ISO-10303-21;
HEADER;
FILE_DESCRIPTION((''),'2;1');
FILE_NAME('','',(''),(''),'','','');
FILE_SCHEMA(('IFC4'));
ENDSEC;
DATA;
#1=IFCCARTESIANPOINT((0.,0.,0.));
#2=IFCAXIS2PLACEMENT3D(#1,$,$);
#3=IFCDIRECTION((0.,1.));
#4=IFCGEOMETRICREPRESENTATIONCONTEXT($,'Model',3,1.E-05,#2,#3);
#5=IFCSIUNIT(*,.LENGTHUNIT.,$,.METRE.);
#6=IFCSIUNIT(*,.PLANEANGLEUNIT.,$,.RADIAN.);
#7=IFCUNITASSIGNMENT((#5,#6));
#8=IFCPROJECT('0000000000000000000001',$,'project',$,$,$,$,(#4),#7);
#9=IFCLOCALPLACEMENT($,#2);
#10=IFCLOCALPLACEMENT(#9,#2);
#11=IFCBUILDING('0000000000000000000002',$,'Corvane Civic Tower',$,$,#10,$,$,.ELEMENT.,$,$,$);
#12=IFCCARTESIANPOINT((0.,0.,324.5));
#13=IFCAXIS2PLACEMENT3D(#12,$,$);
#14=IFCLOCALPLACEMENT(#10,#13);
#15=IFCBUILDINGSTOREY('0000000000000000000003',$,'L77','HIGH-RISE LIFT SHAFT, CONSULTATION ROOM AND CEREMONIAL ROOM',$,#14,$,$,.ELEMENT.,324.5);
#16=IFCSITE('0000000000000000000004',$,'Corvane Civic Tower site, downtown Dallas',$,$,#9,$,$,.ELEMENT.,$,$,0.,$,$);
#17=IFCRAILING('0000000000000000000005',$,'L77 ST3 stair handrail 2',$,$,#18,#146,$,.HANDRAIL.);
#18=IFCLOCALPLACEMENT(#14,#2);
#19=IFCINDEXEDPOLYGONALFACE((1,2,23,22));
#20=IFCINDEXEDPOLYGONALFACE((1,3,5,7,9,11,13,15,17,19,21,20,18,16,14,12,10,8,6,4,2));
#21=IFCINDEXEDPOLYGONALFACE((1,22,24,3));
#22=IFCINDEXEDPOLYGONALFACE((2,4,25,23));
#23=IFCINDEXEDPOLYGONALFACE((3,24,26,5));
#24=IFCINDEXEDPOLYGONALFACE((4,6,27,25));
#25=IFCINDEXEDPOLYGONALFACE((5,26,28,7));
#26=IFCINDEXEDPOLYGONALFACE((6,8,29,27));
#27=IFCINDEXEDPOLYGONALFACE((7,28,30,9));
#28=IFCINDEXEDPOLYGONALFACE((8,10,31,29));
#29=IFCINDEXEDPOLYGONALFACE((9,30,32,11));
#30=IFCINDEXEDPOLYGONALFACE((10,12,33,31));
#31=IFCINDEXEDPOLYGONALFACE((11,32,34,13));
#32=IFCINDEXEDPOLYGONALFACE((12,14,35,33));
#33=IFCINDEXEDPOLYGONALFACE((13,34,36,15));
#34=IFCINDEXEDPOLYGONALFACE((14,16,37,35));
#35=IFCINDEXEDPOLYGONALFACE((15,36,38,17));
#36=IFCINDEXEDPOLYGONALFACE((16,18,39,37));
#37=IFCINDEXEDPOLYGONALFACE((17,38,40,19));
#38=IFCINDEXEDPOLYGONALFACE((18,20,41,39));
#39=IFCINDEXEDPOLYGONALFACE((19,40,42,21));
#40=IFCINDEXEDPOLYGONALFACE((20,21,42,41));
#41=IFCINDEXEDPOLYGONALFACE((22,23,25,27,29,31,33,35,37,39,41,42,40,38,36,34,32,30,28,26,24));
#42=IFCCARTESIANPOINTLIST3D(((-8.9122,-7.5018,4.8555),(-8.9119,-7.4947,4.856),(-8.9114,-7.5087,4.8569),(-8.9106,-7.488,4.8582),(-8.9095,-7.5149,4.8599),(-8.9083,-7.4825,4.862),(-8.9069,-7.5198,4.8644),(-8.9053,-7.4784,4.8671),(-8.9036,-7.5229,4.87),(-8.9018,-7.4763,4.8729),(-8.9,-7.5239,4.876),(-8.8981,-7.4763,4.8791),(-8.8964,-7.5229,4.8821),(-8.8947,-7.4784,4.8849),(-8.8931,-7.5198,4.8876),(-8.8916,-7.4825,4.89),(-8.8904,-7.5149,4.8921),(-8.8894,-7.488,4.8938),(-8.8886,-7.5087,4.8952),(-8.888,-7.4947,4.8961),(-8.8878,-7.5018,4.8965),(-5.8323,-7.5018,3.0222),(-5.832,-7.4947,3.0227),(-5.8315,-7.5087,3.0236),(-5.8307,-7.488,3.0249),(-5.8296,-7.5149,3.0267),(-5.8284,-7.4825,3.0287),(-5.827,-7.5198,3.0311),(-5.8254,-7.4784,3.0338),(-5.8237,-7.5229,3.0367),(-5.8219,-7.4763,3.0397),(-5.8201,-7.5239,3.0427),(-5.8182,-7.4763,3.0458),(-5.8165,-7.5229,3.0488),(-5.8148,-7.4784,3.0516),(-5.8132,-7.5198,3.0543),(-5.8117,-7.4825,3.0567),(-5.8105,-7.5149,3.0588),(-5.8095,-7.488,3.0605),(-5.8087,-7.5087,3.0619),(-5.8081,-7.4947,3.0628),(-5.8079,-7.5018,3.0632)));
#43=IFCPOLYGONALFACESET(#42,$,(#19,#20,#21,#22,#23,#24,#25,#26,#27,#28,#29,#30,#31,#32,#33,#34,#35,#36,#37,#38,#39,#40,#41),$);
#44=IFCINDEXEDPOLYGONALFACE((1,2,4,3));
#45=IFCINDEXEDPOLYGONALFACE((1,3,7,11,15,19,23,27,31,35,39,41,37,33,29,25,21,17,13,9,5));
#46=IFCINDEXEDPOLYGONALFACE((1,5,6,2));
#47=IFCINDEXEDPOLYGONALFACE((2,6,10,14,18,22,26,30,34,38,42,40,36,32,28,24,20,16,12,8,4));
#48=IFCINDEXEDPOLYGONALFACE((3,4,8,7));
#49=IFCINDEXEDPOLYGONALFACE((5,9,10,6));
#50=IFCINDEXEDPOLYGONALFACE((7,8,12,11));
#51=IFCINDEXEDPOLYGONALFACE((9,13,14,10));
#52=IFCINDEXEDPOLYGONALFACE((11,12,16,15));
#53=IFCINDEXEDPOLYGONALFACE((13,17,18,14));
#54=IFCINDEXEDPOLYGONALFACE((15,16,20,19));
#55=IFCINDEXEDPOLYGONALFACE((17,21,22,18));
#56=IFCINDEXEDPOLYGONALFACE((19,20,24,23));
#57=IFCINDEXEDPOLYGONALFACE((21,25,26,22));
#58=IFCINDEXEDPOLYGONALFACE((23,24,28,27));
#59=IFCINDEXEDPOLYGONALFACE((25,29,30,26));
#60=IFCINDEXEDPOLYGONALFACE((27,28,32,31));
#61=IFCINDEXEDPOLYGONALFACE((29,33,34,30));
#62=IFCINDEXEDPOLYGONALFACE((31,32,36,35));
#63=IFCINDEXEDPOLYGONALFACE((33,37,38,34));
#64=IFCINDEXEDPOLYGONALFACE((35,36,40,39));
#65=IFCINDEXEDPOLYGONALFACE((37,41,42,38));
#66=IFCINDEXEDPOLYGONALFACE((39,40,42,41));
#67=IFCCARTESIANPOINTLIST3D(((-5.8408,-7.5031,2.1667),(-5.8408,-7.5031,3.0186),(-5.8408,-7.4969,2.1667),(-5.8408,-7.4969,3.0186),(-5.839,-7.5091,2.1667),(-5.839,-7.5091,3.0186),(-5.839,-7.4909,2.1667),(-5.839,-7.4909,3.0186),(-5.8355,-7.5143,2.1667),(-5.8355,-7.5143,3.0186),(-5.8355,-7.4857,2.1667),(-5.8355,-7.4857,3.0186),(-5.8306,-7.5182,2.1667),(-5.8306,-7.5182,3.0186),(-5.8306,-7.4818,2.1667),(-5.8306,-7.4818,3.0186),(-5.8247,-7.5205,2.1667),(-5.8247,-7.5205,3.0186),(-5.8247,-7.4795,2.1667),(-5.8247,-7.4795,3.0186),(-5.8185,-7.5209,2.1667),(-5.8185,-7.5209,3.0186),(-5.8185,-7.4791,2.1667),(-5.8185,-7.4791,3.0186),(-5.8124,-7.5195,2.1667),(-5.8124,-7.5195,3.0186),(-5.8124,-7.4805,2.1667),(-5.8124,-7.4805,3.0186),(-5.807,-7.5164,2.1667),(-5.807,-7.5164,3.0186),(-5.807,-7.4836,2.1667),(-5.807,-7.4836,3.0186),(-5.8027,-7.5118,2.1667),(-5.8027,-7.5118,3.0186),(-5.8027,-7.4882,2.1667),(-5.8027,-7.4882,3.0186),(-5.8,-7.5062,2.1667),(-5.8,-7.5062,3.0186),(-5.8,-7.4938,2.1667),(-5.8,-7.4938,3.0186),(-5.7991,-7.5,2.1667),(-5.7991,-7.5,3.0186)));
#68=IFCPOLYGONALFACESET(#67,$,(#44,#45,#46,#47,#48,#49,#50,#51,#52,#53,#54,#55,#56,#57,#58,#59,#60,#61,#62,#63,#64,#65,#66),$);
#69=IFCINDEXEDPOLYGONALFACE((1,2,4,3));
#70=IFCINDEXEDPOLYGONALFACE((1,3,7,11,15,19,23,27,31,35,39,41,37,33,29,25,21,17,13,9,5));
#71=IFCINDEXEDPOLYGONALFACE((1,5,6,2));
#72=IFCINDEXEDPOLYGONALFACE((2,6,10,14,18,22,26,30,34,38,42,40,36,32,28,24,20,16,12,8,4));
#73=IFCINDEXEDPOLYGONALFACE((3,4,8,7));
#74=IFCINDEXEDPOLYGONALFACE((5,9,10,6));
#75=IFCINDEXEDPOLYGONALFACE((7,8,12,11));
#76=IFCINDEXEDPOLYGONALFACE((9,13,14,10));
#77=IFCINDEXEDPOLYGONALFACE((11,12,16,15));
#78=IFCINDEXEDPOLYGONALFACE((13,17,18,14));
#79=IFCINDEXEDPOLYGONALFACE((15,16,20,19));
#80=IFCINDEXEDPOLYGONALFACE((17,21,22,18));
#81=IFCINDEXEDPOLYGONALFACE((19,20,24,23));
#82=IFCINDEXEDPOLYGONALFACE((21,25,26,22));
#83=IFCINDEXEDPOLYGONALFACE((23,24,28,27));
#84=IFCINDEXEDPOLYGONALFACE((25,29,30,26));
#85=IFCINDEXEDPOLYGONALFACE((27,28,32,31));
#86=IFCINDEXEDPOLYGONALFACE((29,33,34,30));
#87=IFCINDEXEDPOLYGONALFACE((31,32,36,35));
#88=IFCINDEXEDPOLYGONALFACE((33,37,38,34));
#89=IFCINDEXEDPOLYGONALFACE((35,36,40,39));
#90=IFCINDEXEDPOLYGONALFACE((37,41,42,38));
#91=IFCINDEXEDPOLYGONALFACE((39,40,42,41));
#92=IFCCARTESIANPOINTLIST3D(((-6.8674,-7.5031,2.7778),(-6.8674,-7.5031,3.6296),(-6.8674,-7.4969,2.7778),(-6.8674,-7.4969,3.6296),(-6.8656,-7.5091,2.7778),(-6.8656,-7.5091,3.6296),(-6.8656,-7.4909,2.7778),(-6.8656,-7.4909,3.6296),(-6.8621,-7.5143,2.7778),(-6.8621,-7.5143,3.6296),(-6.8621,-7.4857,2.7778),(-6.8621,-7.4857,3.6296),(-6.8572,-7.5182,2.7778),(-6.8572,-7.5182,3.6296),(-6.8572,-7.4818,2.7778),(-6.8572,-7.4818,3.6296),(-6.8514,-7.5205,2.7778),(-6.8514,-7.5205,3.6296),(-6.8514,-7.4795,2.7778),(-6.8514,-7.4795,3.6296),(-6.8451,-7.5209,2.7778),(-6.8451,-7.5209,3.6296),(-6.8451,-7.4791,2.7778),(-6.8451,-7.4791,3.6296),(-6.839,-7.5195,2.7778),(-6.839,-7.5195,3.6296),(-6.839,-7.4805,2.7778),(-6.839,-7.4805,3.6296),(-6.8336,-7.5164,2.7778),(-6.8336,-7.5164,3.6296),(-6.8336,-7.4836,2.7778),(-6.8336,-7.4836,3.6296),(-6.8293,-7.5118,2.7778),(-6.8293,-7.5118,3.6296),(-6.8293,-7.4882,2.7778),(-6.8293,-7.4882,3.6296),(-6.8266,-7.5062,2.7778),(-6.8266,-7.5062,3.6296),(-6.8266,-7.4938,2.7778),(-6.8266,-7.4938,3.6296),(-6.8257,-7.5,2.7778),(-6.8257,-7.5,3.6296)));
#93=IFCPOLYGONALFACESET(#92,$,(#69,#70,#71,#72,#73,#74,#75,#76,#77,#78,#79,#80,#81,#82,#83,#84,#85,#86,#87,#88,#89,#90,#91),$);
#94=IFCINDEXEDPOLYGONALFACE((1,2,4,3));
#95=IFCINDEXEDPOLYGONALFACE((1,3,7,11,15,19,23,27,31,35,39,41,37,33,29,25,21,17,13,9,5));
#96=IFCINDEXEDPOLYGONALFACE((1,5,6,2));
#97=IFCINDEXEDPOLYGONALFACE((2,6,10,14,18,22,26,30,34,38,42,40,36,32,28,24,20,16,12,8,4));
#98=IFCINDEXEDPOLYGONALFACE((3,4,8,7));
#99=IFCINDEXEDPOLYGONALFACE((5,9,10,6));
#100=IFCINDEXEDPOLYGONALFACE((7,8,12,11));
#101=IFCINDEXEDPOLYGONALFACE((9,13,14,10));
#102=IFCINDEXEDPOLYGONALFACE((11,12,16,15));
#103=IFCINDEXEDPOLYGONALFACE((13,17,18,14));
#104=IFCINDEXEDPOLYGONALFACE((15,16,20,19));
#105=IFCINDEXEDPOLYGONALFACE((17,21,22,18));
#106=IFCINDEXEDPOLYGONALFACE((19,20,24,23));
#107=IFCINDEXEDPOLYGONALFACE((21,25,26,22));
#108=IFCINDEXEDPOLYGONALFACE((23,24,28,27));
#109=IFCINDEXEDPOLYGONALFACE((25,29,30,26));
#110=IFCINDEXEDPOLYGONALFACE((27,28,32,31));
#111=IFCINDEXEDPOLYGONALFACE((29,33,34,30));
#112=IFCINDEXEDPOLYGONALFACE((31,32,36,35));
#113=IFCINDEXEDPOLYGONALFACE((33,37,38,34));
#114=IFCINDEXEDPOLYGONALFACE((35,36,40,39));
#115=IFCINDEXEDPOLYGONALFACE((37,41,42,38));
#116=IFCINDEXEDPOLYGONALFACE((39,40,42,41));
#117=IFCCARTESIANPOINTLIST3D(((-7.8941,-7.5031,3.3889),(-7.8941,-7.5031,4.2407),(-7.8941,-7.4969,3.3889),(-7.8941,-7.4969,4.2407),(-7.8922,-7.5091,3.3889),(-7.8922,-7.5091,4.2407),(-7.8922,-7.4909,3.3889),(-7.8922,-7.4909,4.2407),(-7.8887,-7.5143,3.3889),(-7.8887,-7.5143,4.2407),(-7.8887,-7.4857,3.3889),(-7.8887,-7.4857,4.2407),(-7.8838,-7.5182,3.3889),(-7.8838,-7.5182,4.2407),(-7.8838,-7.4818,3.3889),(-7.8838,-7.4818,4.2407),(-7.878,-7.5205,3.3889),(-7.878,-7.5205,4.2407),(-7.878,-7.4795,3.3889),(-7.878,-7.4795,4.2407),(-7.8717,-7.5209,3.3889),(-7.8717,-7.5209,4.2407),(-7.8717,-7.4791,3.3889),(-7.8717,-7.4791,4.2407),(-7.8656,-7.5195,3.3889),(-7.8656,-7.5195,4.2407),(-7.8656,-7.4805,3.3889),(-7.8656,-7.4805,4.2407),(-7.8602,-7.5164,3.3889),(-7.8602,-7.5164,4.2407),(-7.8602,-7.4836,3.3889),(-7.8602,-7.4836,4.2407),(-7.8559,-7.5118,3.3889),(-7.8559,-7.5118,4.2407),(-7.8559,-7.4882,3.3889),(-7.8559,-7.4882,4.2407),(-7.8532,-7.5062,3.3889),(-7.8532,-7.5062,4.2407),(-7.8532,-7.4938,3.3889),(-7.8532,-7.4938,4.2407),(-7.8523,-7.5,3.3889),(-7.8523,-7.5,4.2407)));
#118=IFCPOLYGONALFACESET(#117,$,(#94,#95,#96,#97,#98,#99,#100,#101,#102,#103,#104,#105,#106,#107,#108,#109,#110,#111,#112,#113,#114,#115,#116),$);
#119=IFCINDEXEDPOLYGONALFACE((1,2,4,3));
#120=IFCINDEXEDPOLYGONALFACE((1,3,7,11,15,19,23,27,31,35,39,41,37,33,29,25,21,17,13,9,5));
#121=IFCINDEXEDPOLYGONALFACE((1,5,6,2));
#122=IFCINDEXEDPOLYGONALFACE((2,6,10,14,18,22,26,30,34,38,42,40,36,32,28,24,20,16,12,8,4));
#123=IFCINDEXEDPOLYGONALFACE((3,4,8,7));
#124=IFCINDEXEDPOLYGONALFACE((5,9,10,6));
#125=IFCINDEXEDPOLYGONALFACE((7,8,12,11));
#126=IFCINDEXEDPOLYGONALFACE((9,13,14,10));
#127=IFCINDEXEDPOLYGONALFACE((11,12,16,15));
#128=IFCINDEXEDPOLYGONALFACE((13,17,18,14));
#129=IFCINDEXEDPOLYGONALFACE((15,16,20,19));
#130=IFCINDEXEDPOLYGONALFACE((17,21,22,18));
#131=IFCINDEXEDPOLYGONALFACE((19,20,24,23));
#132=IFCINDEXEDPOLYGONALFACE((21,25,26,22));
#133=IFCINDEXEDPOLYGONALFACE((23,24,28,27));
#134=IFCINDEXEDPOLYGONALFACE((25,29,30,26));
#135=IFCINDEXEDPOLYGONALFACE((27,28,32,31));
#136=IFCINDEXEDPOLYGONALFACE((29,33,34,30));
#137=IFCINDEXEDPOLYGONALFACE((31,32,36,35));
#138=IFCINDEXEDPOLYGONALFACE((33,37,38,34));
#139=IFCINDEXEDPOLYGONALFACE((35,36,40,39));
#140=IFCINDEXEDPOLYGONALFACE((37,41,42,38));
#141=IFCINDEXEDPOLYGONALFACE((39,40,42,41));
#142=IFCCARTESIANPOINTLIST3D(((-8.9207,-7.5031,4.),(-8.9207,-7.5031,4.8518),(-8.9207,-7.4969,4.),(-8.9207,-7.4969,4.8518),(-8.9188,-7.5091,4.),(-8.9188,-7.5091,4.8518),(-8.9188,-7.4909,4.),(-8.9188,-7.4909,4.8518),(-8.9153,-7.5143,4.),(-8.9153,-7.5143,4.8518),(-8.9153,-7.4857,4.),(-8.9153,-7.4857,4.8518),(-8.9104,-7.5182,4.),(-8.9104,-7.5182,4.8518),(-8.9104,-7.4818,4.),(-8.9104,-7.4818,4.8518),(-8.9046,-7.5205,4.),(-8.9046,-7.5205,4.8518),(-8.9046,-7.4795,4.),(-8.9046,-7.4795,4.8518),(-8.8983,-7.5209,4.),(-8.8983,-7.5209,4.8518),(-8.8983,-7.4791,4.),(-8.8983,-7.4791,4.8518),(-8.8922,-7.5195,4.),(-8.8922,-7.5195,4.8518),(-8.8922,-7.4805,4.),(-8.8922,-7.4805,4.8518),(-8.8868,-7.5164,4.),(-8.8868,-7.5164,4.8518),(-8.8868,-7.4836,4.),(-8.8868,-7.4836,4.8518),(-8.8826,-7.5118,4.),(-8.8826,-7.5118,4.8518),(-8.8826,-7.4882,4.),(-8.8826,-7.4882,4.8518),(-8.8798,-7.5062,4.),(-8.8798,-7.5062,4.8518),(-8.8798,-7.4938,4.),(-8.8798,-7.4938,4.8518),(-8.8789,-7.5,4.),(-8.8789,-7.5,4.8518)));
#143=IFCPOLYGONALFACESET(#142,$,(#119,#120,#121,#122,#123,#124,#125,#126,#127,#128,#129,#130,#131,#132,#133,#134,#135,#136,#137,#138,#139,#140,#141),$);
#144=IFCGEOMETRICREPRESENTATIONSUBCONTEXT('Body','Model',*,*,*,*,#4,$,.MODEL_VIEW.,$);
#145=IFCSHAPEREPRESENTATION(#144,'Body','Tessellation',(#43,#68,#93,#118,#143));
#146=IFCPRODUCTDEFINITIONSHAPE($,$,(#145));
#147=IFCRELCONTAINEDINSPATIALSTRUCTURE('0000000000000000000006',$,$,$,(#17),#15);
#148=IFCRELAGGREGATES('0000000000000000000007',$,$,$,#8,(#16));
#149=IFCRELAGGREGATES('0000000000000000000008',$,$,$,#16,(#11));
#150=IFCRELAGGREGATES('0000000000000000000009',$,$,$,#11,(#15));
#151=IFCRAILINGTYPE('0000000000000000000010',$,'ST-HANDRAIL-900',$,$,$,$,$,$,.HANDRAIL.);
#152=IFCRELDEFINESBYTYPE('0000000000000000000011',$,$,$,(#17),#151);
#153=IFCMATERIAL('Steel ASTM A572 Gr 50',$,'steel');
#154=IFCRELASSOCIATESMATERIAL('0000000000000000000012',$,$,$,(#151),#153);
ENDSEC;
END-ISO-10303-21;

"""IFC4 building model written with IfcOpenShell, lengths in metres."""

from ifc_helpers import new_model, si_unit, direction, frame, origin, origin_2d, place, context, subcontext, project, spatial, circle, extrude, material, type_object, element, save


model = new_model("IFC4")

# Units and contexts
model_context = context("Model", 3, precision=1e-05, world=origin(), true_north=direction((0.0, 1.0)))
body_context = subcontext(model_context, "Body", "Model", "MODEL_VIEW")
ifc_project = project(units=[si_unit("LENGTHUNIT", "METRE"), si_unit("PLANEANGLEUNIT", "RADIAN")], contexts=[model_context])

# Site, building, storey
site_placement = place(None, origin())
site = spatial("IfcSite", under=ifc_project, at=site_placement, Name="Corvane Civic Tower site, downtown Dallas", CompositionType="ELEMENT", RefElevation=0.0)
building_placement = place(site_placement, origin())
building = spatial("IfcBuilding", under=site, at=building_placement, Name="Corvane Civic Tower", CompositionType="ELEMENT")
storey_placement = place(building_placement, frame((0.0, 0.0, 324.5)))
storey = spatial("IfcBuildingStorey", under=building, at=storey_placement, Name="L77", Description="HIGH-RISE LIFT SHAFT, CONSULTATION ROOM AND CEREMONIAL ROOM", CompositionType="ELEMENT", Elevation=324.5)

# Railing
ifc_material_1 = material(Name="Steel ASTM A572 Gr 50", Category="steel")
railing_type_1 = type_object("IfcRailingType", Name="ST-HANDRAIL-900", PredefinedType="HANDRAIL", material=ifc_material_1)
railing_1_placement = place(storey_placement, frame((-5.8201, -7.5, 2.1667)))
element("IfcRailing", 1, at=railing_1_placement, inside=storey, type_object=railing_type_1, Name="L77 ST3 stair handrail 2", PredefinedType="HANDRAIL", context=body_context, shape_type="SweptSolid", body=[
    extrude(circle(Radius=0.0239, at=origin_2d()), frame((0.0, 0.0, 0.876), z_axis=(-0.859291, 0.0, 0.511487), x_axis=(0.0, -1.0, 0.0)), (0.0, 0.0, 1.0), 3.5842),
    extrude(circle(Radius=0.021, at=origin_2d()), origin(), (0.0, 0.0, 1.0), 0.8518),
    extrude(circle(Radius=0.021, at=origin_2d()), frame((-1.0266, 0.0, 0.6111)), (0.0, 0.0, 1.0), 0.8518),
    extrude(circle(Radius=0.021, at=origin_2d()), frame((-2.0532, 0.0, 1.2222)), (0.0, 0.0, 1.0), 0.8518),
    extrude(circle(Radius=0.021, at=origin_2d()), frame((-3.0798, 0.0, 1.8333)), (0.0, 0.0, 1.0), 0.8518),
])

save(model, "model.ifc")
